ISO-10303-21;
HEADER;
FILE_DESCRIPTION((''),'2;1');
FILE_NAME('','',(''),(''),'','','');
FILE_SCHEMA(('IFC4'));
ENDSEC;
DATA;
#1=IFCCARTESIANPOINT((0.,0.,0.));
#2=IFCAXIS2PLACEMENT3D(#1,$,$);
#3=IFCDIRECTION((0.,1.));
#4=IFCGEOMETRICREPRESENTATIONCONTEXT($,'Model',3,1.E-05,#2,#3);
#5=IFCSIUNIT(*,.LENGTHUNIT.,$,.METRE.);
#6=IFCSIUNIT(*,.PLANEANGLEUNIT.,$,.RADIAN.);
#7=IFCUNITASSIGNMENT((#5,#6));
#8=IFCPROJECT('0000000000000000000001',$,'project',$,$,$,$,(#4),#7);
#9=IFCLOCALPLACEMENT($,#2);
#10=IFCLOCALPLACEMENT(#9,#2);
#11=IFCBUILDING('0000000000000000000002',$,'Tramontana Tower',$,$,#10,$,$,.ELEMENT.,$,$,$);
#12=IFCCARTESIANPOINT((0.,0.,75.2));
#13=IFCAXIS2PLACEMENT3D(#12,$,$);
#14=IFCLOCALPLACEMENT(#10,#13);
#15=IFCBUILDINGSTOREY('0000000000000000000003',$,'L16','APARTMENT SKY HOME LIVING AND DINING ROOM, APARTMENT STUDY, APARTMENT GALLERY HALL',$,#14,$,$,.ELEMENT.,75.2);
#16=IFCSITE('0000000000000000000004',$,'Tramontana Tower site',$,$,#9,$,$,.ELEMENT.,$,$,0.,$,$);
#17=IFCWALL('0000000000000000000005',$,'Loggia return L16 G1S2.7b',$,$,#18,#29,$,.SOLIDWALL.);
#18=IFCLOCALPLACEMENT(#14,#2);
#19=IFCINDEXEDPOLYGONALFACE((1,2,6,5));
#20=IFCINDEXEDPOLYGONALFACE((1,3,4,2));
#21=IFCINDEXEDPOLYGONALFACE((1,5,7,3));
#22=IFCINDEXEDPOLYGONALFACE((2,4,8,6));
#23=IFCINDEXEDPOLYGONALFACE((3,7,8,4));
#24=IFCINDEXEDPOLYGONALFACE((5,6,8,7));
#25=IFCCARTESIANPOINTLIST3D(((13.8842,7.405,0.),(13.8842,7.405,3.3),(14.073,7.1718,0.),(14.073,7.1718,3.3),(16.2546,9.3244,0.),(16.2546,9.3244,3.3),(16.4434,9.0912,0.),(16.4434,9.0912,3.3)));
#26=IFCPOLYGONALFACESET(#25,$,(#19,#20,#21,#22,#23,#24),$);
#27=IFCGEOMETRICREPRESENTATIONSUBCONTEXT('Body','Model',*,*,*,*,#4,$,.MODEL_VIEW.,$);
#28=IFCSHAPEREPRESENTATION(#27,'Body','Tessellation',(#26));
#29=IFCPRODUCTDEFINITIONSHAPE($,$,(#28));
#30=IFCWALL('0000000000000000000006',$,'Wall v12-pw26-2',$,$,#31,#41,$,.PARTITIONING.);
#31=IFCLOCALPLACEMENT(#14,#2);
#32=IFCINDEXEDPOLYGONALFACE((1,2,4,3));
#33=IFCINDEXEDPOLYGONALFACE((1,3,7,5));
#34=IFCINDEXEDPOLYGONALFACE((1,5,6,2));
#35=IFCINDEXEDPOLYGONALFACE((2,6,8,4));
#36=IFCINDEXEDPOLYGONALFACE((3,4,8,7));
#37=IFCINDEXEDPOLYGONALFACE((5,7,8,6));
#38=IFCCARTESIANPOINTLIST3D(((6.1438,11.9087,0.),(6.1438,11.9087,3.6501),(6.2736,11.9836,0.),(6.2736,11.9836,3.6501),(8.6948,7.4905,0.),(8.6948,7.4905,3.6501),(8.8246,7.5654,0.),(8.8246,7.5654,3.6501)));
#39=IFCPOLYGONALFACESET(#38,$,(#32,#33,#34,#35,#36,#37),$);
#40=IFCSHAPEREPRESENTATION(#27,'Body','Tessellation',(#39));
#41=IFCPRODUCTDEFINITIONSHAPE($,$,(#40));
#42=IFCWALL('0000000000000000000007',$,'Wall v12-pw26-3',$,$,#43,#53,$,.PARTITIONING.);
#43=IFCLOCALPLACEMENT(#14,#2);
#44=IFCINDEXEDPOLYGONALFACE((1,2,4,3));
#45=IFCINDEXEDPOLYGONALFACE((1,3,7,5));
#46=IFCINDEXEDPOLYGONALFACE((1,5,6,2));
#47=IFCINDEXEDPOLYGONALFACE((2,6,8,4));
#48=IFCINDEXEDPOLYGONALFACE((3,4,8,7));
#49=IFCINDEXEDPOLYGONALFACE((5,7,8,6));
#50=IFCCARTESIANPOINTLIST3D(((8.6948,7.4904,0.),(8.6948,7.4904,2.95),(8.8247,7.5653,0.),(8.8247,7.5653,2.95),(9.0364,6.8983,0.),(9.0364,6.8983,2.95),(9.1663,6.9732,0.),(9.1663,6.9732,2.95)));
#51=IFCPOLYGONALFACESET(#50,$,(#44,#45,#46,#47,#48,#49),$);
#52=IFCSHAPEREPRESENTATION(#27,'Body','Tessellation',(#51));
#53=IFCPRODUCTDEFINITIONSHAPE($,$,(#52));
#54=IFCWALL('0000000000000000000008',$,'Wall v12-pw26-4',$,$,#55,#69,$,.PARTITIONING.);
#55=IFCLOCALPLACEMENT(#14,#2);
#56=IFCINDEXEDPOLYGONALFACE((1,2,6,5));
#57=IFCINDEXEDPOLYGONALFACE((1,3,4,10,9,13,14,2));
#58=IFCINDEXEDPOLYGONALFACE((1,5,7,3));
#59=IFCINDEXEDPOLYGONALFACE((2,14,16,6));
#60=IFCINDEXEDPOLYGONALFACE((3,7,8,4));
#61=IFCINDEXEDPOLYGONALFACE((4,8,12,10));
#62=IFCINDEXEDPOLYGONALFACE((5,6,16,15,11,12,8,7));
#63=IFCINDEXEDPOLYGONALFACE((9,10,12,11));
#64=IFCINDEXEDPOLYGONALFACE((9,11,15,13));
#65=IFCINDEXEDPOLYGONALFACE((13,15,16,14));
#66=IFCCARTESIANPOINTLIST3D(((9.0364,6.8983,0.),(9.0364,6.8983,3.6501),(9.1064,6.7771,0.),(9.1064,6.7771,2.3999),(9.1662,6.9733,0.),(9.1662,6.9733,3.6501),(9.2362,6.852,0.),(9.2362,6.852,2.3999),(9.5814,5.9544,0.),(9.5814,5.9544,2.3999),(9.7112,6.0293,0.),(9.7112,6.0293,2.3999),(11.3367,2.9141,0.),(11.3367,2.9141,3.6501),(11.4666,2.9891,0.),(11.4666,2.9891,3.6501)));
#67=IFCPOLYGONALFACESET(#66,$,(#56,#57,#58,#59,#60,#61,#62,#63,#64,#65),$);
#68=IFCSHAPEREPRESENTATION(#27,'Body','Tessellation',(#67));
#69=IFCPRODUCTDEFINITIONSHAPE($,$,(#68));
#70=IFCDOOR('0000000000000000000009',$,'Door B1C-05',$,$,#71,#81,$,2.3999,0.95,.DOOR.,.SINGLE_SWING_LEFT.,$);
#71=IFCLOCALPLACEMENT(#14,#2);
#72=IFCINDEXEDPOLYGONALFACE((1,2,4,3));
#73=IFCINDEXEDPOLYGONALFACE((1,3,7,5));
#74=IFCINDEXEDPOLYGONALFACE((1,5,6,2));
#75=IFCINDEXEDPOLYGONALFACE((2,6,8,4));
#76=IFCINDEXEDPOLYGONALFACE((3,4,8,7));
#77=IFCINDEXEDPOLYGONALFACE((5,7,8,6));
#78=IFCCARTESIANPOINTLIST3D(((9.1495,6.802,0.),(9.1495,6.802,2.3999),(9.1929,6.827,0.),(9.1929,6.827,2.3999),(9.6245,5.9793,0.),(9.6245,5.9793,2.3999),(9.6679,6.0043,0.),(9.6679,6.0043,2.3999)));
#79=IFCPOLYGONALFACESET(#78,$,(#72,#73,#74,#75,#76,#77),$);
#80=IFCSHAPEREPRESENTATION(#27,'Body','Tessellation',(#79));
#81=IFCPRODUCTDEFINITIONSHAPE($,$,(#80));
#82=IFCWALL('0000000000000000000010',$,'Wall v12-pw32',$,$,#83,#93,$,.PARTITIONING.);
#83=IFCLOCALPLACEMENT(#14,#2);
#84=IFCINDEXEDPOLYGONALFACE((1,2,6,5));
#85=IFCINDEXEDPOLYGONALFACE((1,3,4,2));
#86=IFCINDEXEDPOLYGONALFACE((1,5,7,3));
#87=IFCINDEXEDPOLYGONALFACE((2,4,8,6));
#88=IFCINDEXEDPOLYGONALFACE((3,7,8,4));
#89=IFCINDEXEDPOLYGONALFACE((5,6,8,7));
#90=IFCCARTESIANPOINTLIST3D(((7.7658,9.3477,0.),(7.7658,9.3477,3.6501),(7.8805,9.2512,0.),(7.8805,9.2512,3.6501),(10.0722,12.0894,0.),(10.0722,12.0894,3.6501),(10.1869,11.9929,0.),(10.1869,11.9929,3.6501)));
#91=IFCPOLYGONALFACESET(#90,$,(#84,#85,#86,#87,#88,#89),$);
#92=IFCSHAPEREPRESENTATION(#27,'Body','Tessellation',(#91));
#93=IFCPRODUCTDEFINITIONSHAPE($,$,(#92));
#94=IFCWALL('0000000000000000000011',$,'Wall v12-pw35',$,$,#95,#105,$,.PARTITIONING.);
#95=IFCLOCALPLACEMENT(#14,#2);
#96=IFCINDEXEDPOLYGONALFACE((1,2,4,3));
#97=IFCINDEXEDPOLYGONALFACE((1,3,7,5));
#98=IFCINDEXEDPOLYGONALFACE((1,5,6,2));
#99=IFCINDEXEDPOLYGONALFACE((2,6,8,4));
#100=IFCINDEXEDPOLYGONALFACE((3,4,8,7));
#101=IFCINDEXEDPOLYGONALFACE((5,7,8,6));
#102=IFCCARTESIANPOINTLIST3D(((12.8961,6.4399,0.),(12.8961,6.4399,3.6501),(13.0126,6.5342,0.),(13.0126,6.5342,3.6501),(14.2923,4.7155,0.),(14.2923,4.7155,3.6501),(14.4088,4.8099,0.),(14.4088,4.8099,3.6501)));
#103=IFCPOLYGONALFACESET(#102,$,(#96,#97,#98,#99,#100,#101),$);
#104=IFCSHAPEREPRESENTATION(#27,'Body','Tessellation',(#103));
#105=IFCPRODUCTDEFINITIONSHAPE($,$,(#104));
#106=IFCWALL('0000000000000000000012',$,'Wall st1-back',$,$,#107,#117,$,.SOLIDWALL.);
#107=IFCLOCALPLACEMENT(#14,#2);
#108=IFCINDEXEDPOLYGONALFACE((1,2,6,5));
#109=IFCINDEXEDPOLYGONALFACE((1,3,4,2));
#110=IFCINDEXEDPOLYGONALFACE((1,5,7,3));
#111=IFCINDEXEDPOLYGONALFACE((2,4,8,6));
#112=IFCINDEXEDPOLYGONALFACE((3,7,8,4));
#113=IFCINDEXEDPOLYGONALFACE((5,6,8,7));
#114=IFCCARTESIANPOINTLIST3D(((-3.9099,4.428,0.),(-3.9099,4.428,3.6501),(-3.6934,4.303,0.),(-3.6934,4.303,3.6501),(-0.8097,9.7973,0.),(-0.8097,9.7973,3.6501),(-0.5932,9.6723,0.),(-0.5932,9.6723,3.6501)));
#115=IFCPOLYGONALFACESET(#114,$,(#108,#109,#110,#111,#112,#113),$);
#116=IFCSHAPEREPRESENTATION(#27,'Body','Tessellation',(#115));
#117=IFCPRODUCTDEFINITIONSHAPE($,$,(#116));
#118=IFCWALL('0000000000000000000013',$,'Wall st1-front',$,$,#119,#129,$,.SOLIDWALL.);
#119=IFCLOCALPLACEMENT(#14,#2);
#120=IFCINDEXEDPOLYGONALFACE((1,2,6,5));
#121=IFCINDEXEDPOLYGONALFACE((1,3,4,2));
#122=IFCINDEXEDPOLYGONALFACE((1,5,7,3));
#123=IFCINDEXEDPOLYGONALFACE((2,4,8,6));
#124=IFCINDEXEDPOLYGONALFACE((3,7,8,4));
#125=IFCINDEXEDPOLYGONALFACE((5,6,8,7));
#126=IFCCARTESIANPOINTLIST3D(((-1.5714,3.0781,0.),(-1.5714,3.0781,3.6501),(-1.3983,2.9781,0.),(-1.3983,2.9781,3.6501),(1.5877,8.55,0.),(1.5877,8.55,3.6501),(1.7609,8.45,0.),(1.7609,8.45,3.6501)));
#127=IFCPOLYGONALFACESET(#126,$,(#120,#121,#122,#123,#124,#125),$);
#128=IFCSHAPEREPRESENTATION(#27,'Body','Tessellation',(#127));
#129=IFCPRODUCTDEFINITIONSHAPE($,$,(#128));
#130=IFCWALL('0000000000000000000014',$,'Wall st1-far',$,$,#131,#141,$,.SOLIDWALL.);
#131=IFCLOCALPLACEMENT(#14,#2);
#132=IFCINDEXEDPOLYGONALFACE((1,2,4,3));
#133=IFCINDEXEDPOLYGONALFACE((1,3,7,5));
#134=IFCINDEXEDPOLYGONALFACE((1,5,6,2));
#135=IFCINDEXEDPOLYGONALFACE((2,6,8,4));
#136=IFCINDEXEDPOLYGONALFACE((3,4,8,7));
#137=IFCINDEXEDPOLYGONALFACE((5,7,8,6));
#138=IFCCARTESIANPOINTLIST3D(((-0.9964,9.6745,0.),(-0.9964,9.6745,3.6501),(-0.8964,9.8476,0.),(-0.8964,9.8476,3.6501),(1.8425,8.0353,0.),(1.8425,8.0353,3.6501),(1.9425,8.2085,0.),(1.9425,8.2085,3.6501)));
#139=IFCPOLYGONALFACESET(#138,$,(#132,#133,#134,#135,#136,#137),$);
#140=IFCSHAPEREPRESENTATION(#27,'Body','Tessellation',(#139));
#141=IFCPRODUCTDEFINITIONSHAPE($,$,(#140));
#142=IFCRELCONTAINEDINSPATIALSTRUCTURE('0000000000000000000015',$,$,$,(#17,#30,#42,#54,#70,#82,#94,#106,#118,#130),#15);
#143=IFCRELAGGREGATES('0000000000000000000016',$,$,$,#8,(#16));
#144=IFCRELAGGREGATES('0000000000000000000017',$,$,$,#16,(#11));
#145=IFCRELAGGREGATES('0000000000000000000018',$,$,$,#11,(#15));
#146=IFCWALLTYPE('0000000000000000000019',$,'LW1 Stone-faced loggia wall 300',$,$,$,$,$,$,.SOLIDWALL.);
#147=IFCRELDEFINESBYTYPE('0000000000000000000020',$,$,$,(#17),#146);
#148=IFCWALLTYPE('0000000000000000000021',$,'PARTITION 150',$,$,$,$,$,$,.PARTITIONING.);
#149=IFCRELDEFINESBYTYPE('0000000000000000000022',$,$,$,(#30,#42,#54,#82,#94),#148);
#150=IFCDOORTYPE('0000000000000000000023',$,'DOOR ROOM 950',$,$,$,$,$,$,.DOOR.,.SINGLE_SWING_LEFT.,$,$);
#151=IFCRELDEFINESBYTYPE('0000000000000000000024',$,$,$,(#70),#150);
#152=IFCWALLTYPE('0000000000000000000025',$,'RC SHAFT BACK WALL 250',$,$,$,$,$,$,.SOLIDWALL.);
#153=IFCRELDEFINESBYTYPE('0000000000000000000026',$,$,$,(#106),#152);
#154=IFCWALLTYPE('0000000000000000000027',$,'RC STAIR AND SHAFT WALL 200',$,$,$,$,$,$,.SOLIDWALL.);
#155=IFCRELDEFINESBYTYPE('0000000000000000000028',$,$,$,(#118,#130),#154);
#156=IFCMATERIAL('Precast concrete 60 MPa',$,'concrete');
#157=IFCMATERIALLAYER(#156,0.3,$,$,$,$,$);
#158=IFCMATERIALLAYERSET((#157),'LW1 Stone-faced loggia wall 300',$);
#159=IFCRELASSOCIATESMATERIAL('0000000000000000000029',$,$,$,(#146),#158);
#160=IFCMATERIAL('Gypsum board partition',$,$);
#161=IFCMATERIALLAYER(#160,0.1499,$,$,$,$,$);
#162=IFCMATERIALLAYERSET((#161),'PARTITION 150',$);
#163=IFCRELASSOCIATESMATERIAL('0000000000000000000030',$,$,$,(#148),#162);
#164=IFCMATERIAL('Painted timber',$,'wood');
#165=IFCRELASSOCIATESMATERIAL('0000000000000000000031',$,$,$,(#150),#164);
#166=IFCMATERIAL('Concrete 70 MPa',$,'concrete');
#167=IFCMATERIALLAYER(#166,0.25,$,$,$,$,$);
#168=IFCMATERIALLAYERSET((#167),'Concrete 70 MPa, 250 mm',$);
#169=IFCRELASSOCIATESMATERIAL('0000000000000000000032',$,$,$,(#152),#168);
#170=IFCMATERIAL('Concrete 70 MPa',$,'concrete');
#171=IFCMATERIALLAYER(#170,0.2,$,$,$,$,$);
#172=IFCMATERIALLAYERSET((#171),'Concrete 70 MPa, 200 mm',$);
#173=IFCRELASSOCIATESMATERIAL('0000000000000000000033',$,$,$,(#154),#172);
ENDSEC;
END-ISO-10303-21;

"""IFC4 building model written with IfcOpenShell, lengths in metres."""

from ifc_helpers import new_model, si_unit, direction, frame, frame_2d, origin, place, context, subcontext, project, spatial, rectangle, extrude, material, layer, layer_set, type_object, element, fill, save


model = new_model("IFC4")

# Units and contexts
model_context = context("Model", 3, precision=1e-05, world=origin(), true_north=direction((0.0, 1.0)))
body_context = subcontext(model_context, "Body", "Model", "MODEL_VIEW")
ifc_project = project(units=[si_unit("LENGTHUNIT", "METRE"), si_unit("PLANEANGLEUNIT", "RADIAN")], contexts=[model_context])

# Site, building, storey
site_placement = place(None, origin())
site = spatial("IfcSite", under=ifc_project, at=site_placement, Name="Tramontana Tower site", CompositionType="ELEMENT", RefElevation=0.0)
building_placement = place(site_placement, origin())
building = spatial("IfcBuilding", under=site, at=building_placement, Name="Tramontana Tower", CompositionType="ELEMENT")
storey_placement = place(building_placement, frame((0.0, 0.0, 75.2)))
storey = spatial("IfcBuildingStorey", under=building, at=storey_placement, Name="L16", Description="APARTMENT SKY HOME LIVING AND DINING ROOM, APARTMENT STUDY, APARTMENT GALLERY HALL", CompositionType="ELEMENT", Elevation=75.2)

# Wall
ifc_material_1 = material(Name="Precast concrete 60 MPa", Category="concrete")
ifc_layer_1 = layer(ifc_material_1, 0.3)
ifc_layer_set_1 = layer_set([ifc_layer_1], Name="LW1 Stone-faced loggia wall 300")
wall_type_1 = type_object("IfcWallType", Name="LW1 Stone-faced loggia wall 300", PredefinedType="SOLIDWALL", material=ifc_layer_set_1)
for number, where, z_axis, x_axis, name in (
    (1, (16.3489, 9.2078, 0.0), (0.0, 0.0, 1.0), (-0.777154, -0.629311, 0.0), "Loggia return L16 G1S2.7b"),
):
    element("IfcWall", number, at=place(storey_placement, frame(where, z_axis=z_axis, x_axis=x_axis)), inside=storey, type_object=wall_type_1, Name=name, PredefinedType="SOLIDWALL", context=body_context, shape_type="SweptSolid", body=[
        extrude(rectangle(XDim=3.05, YDim=0.3, at=frame_2d((1.5249, 0.0))), origin(), (0.0, 0.0, 1.0), 3.3),
    ])

# Shared definitions
ifc_material_2 = material(Name="Gypsum board partition")
ifc_layer_2 = layer(ifc_material_2, 0.1499)
ifc_layer_set_2 = layer_set([ifc_layer_2], Name="PARTITION 150")
wall_type_2 = type_object("IfcWallType", Name="PARTITION 150", PredefinedType="PARTITIONING", material=ifc_layer_set_2)
ifc_material_3 = material(Name="Painted timber", Category="wood")
door_type_1 = type_object("IfcDoorType", Name="DOOR ROOM 950", OperationType="SINGLE_SWING_LEFT", PredefinedType="DOOR", material=ifc_material_3)

# Walls
wall_1_placement = place(storey_placement, frame((6.2087, 11.946, 0.0), z_axis=(0.0, 0.0, 1.0), x_axis=(0.500025, -0.866011, 0.0)))
element("IfcWall", 2, at=wall_1_placement, inside=storey, type_object=wall_type_2, Name="Wall v12-pw26-2", PredefinedType="PARTITIONING", context=body_context, shape_type="SweptSolid", body=[
    extrude(rectangle(XDim=5.1018, YDim=0.1499, at=frame_2d((2.5508, 0.0))), origin(), (0.0, 0.0, 1.0), 3.6501),
])
wall_2_placement = place(storey_placement, frame((8.7598, 7.5278, 0.0), z_axis=(0.0, 0.0, 1.0), x_axis=(0.499712, -0.866192, 0.0)))
element("IfcWall", 3, at=wall_2_placement, inside=storey, type_object=wall_type_2, Name="Wall v12-pw26-3", PredefinedType="PARTITIONING", context=body_context, shape_type="SweptSolid", body=[
    extrude(rectangle(XDim=0.6836, YDim=0.1499, at=frame_2d((0.3418, 0.0))), origin(), (0.0, 0.0, 1.0), 2.95),
])

# Wall, opening, door
wall_3_placement = place(storey_placement, frame((9.1013, 6.9358, 0.0), z_axis=(0.0, 0.0, 1.0), x_axis=(0.500009, -0.86602, 0.0)))
wall_3 = element("IfcWall", 4, at=wall_3_placement, inside=storey, type_object=wall_type_2, Name="Wall v12-pw26-4", PredefinedType="PARTITIONING", context=body_context, shape_type="SweptSolid", body=[
    extrude(rectangle(XDim=4.6006, YDim=0.1499, at=frame_2d((2.3003, 0.0))), origin(), (0.0, 0.0, 1.0), 3.6501),
])
opening_1_placement = place(wall_3_placement, frame((0.1399, 0.0, 0.0)))
opening_1 = element("IfcOpeningElement", 5, at=opening_1_placement, cuts=wall_3, PredefinedType="OPENING", context=body_context, shape_type="SweptSolid", body=[
    extrude(rectangle(XDim=0.95, YDim=2.3999, at=frame_2d((0.4751, 1.2))), frame((0.0, 0.085, 0.0), z_axis=(0.0, -1.0, 0.0), x_axis=(1.0, 0.0, 0.0)), (0.0, 0.0, 1.0), 0.1699),
])
door_1_placement = place(opening_1_placement, origin())
door_1 = element("IfcDoor", 6, at=door_1_placement, inside=storey, type_object=door_type_1, Name="Door B1C-05", OperationType="SINGLE_SWING_LEFT", OverallHeight=2.3999, OverallWidth=0.95, PredefinedType="DOOR", context=body_context, shape_type="SweptSolid", body=[
    extrude(rectangle(XDim=0.95, YDim=2.3999, at=frame_2d((0.4751, 1.2))), frame((0.0, 0.0249, 0.0), z_axis=(0.0, -1.0, 0.0), x_axis=(1.0, 0.0, 0.0)), (0.0, 0.0, 1.0), 0.05),
])
fill(opening_1, door_1)

# Wall
wall_4_placement = place(storey_placement, frame((10.1296, 12.0413, 0.0), z_axis=(0.0, 0.0, 1.0), x_axis=(-0.643743, -0.765242, 0.0)))
element("IfcWall", 7, at=wall_4_placement, inside=storey, type_object=wall_type_2, Name="Wall v12-pw32", PredefinedType="PARTITIONING", context=body_context, shape_type="SweptSolid", body=[
    extrude(rectangle(XDim=3.5828, YDim=0.1499, at=frame_2d((1.7915, 0.0))), origin(), (0.0, 0.0, 1.0), 3.6501),
])

# Walls
wall_5_placement = place(storey_placement, frame((12.9543, 6.4871, 0.0), z_axis=(0.0, 0.0, 1.0), x_axis=(0.629287, -0.777173, 0.0)))
element("IfcWall", 8, at=wall_5_placement, inside=storey, type_object=wall_type_2, Name="Wall v12-pw35", PredefinedType="PARTITIONING", context=body_context, shape_type="SweptSolid", body=[
    extrude(rectangle(XDim=2.2188, YDim=0.1499, at=frame_2d((1.1094, 0.0))), origin(), (0.0, 0.0, 1.0), 3.6501),
])
ifc_material_4 = material(Name="Concrete 70 MPa", Category="concrete")
ifc_layer_3 = layer(ifc_material_4, 0.25)
ifc_layer_set_3 = layer_set([ifc_layer_3], Name="Concrete 70 MPa, 250 mm")
wall_type_3 = type_object("IfcWallType", Name="RC SHAFT BACK WALL 250", PredefinedType="SOLIDWALL", material=ifc_layer_set_3)
wall_6_placement = place(storey_placement, frame((-0.7014, 9.7349, 0.0), z_axis=(0.0, 0.0, 1.0), x_axis=(-0.500027, -0.86601, 0.0)))
element("IfcWall", 9, at=wall_6_placement, inside=storey, type_object=wall_type_3, Name="Wall st1-back", PredefinedType="SOLIDWALL", context=body_context, shape_type="SweptSolid", body=[
    extrude(rectangle(XDim=6.2, YDim=0.25, at=frame_2d((3.1001, 0.0))), origin(), (0.0, 0.0, 1.0), 3.6501),
])
ifc_material_5 = material(Name="Concrete 70 MPa", Category="concrete")
ifc_layer_4 = layer(ifc_material_5, 0.2)
ifc_layer_set_4 = layer_set([ifc_layer_4], Name="Concrete 70 MPa, 200 mm")
wall_type_4 = type_object("IfcWallType", Name="RC STAIR AND SHAFT WALL 200", PredefinedType="SOLIDWALL", material=ifc_layer_set_4)
wall_7_placement = place(storey_placement, frame((1.6743, 8.5, 0.0), z_axis=(0.0, 0.0, 1.0), x_axis=(-0.499996, -0.866028, 0.0)))
element("IfcWall", 10, at=wall_7_placement, inside=storey, type_object=wall_type_4, Name="Wall st1-front", PredefinedType="SOLIDWALL", context=body_context, shape_type="SweptSolid", body=[
    extrude(rectangle(XDim=6.3184, YDim=0.2, at=frame_2d((3.1592, 0.0))), origin(), (0.0, 0.0, 1.0), 3.6501),
])
wall_8_placement = place(storey_placement, frame((1.8926, 8.1218, 0.0), z_axis=(0.0, 0.0, 1.0), x_axis=(-0.866007, 0.500032, 0.0)))
element("IfcWall", 11, at=wall_8_placement, inside=storey, type_object=wall_type_4, Name="Wall st1-far", PredefinedType="SOLIDWALL", context=body_context, shape_type="SweptSolid", body=[
    extrude(rectangle(XDim=3.2781, YDim=0.2, at=frame_2d((1.6392, 0.0))), origin(), (0.0, 0.0, 1.0), 3.6501),
])

save(model, "model.ifc")
